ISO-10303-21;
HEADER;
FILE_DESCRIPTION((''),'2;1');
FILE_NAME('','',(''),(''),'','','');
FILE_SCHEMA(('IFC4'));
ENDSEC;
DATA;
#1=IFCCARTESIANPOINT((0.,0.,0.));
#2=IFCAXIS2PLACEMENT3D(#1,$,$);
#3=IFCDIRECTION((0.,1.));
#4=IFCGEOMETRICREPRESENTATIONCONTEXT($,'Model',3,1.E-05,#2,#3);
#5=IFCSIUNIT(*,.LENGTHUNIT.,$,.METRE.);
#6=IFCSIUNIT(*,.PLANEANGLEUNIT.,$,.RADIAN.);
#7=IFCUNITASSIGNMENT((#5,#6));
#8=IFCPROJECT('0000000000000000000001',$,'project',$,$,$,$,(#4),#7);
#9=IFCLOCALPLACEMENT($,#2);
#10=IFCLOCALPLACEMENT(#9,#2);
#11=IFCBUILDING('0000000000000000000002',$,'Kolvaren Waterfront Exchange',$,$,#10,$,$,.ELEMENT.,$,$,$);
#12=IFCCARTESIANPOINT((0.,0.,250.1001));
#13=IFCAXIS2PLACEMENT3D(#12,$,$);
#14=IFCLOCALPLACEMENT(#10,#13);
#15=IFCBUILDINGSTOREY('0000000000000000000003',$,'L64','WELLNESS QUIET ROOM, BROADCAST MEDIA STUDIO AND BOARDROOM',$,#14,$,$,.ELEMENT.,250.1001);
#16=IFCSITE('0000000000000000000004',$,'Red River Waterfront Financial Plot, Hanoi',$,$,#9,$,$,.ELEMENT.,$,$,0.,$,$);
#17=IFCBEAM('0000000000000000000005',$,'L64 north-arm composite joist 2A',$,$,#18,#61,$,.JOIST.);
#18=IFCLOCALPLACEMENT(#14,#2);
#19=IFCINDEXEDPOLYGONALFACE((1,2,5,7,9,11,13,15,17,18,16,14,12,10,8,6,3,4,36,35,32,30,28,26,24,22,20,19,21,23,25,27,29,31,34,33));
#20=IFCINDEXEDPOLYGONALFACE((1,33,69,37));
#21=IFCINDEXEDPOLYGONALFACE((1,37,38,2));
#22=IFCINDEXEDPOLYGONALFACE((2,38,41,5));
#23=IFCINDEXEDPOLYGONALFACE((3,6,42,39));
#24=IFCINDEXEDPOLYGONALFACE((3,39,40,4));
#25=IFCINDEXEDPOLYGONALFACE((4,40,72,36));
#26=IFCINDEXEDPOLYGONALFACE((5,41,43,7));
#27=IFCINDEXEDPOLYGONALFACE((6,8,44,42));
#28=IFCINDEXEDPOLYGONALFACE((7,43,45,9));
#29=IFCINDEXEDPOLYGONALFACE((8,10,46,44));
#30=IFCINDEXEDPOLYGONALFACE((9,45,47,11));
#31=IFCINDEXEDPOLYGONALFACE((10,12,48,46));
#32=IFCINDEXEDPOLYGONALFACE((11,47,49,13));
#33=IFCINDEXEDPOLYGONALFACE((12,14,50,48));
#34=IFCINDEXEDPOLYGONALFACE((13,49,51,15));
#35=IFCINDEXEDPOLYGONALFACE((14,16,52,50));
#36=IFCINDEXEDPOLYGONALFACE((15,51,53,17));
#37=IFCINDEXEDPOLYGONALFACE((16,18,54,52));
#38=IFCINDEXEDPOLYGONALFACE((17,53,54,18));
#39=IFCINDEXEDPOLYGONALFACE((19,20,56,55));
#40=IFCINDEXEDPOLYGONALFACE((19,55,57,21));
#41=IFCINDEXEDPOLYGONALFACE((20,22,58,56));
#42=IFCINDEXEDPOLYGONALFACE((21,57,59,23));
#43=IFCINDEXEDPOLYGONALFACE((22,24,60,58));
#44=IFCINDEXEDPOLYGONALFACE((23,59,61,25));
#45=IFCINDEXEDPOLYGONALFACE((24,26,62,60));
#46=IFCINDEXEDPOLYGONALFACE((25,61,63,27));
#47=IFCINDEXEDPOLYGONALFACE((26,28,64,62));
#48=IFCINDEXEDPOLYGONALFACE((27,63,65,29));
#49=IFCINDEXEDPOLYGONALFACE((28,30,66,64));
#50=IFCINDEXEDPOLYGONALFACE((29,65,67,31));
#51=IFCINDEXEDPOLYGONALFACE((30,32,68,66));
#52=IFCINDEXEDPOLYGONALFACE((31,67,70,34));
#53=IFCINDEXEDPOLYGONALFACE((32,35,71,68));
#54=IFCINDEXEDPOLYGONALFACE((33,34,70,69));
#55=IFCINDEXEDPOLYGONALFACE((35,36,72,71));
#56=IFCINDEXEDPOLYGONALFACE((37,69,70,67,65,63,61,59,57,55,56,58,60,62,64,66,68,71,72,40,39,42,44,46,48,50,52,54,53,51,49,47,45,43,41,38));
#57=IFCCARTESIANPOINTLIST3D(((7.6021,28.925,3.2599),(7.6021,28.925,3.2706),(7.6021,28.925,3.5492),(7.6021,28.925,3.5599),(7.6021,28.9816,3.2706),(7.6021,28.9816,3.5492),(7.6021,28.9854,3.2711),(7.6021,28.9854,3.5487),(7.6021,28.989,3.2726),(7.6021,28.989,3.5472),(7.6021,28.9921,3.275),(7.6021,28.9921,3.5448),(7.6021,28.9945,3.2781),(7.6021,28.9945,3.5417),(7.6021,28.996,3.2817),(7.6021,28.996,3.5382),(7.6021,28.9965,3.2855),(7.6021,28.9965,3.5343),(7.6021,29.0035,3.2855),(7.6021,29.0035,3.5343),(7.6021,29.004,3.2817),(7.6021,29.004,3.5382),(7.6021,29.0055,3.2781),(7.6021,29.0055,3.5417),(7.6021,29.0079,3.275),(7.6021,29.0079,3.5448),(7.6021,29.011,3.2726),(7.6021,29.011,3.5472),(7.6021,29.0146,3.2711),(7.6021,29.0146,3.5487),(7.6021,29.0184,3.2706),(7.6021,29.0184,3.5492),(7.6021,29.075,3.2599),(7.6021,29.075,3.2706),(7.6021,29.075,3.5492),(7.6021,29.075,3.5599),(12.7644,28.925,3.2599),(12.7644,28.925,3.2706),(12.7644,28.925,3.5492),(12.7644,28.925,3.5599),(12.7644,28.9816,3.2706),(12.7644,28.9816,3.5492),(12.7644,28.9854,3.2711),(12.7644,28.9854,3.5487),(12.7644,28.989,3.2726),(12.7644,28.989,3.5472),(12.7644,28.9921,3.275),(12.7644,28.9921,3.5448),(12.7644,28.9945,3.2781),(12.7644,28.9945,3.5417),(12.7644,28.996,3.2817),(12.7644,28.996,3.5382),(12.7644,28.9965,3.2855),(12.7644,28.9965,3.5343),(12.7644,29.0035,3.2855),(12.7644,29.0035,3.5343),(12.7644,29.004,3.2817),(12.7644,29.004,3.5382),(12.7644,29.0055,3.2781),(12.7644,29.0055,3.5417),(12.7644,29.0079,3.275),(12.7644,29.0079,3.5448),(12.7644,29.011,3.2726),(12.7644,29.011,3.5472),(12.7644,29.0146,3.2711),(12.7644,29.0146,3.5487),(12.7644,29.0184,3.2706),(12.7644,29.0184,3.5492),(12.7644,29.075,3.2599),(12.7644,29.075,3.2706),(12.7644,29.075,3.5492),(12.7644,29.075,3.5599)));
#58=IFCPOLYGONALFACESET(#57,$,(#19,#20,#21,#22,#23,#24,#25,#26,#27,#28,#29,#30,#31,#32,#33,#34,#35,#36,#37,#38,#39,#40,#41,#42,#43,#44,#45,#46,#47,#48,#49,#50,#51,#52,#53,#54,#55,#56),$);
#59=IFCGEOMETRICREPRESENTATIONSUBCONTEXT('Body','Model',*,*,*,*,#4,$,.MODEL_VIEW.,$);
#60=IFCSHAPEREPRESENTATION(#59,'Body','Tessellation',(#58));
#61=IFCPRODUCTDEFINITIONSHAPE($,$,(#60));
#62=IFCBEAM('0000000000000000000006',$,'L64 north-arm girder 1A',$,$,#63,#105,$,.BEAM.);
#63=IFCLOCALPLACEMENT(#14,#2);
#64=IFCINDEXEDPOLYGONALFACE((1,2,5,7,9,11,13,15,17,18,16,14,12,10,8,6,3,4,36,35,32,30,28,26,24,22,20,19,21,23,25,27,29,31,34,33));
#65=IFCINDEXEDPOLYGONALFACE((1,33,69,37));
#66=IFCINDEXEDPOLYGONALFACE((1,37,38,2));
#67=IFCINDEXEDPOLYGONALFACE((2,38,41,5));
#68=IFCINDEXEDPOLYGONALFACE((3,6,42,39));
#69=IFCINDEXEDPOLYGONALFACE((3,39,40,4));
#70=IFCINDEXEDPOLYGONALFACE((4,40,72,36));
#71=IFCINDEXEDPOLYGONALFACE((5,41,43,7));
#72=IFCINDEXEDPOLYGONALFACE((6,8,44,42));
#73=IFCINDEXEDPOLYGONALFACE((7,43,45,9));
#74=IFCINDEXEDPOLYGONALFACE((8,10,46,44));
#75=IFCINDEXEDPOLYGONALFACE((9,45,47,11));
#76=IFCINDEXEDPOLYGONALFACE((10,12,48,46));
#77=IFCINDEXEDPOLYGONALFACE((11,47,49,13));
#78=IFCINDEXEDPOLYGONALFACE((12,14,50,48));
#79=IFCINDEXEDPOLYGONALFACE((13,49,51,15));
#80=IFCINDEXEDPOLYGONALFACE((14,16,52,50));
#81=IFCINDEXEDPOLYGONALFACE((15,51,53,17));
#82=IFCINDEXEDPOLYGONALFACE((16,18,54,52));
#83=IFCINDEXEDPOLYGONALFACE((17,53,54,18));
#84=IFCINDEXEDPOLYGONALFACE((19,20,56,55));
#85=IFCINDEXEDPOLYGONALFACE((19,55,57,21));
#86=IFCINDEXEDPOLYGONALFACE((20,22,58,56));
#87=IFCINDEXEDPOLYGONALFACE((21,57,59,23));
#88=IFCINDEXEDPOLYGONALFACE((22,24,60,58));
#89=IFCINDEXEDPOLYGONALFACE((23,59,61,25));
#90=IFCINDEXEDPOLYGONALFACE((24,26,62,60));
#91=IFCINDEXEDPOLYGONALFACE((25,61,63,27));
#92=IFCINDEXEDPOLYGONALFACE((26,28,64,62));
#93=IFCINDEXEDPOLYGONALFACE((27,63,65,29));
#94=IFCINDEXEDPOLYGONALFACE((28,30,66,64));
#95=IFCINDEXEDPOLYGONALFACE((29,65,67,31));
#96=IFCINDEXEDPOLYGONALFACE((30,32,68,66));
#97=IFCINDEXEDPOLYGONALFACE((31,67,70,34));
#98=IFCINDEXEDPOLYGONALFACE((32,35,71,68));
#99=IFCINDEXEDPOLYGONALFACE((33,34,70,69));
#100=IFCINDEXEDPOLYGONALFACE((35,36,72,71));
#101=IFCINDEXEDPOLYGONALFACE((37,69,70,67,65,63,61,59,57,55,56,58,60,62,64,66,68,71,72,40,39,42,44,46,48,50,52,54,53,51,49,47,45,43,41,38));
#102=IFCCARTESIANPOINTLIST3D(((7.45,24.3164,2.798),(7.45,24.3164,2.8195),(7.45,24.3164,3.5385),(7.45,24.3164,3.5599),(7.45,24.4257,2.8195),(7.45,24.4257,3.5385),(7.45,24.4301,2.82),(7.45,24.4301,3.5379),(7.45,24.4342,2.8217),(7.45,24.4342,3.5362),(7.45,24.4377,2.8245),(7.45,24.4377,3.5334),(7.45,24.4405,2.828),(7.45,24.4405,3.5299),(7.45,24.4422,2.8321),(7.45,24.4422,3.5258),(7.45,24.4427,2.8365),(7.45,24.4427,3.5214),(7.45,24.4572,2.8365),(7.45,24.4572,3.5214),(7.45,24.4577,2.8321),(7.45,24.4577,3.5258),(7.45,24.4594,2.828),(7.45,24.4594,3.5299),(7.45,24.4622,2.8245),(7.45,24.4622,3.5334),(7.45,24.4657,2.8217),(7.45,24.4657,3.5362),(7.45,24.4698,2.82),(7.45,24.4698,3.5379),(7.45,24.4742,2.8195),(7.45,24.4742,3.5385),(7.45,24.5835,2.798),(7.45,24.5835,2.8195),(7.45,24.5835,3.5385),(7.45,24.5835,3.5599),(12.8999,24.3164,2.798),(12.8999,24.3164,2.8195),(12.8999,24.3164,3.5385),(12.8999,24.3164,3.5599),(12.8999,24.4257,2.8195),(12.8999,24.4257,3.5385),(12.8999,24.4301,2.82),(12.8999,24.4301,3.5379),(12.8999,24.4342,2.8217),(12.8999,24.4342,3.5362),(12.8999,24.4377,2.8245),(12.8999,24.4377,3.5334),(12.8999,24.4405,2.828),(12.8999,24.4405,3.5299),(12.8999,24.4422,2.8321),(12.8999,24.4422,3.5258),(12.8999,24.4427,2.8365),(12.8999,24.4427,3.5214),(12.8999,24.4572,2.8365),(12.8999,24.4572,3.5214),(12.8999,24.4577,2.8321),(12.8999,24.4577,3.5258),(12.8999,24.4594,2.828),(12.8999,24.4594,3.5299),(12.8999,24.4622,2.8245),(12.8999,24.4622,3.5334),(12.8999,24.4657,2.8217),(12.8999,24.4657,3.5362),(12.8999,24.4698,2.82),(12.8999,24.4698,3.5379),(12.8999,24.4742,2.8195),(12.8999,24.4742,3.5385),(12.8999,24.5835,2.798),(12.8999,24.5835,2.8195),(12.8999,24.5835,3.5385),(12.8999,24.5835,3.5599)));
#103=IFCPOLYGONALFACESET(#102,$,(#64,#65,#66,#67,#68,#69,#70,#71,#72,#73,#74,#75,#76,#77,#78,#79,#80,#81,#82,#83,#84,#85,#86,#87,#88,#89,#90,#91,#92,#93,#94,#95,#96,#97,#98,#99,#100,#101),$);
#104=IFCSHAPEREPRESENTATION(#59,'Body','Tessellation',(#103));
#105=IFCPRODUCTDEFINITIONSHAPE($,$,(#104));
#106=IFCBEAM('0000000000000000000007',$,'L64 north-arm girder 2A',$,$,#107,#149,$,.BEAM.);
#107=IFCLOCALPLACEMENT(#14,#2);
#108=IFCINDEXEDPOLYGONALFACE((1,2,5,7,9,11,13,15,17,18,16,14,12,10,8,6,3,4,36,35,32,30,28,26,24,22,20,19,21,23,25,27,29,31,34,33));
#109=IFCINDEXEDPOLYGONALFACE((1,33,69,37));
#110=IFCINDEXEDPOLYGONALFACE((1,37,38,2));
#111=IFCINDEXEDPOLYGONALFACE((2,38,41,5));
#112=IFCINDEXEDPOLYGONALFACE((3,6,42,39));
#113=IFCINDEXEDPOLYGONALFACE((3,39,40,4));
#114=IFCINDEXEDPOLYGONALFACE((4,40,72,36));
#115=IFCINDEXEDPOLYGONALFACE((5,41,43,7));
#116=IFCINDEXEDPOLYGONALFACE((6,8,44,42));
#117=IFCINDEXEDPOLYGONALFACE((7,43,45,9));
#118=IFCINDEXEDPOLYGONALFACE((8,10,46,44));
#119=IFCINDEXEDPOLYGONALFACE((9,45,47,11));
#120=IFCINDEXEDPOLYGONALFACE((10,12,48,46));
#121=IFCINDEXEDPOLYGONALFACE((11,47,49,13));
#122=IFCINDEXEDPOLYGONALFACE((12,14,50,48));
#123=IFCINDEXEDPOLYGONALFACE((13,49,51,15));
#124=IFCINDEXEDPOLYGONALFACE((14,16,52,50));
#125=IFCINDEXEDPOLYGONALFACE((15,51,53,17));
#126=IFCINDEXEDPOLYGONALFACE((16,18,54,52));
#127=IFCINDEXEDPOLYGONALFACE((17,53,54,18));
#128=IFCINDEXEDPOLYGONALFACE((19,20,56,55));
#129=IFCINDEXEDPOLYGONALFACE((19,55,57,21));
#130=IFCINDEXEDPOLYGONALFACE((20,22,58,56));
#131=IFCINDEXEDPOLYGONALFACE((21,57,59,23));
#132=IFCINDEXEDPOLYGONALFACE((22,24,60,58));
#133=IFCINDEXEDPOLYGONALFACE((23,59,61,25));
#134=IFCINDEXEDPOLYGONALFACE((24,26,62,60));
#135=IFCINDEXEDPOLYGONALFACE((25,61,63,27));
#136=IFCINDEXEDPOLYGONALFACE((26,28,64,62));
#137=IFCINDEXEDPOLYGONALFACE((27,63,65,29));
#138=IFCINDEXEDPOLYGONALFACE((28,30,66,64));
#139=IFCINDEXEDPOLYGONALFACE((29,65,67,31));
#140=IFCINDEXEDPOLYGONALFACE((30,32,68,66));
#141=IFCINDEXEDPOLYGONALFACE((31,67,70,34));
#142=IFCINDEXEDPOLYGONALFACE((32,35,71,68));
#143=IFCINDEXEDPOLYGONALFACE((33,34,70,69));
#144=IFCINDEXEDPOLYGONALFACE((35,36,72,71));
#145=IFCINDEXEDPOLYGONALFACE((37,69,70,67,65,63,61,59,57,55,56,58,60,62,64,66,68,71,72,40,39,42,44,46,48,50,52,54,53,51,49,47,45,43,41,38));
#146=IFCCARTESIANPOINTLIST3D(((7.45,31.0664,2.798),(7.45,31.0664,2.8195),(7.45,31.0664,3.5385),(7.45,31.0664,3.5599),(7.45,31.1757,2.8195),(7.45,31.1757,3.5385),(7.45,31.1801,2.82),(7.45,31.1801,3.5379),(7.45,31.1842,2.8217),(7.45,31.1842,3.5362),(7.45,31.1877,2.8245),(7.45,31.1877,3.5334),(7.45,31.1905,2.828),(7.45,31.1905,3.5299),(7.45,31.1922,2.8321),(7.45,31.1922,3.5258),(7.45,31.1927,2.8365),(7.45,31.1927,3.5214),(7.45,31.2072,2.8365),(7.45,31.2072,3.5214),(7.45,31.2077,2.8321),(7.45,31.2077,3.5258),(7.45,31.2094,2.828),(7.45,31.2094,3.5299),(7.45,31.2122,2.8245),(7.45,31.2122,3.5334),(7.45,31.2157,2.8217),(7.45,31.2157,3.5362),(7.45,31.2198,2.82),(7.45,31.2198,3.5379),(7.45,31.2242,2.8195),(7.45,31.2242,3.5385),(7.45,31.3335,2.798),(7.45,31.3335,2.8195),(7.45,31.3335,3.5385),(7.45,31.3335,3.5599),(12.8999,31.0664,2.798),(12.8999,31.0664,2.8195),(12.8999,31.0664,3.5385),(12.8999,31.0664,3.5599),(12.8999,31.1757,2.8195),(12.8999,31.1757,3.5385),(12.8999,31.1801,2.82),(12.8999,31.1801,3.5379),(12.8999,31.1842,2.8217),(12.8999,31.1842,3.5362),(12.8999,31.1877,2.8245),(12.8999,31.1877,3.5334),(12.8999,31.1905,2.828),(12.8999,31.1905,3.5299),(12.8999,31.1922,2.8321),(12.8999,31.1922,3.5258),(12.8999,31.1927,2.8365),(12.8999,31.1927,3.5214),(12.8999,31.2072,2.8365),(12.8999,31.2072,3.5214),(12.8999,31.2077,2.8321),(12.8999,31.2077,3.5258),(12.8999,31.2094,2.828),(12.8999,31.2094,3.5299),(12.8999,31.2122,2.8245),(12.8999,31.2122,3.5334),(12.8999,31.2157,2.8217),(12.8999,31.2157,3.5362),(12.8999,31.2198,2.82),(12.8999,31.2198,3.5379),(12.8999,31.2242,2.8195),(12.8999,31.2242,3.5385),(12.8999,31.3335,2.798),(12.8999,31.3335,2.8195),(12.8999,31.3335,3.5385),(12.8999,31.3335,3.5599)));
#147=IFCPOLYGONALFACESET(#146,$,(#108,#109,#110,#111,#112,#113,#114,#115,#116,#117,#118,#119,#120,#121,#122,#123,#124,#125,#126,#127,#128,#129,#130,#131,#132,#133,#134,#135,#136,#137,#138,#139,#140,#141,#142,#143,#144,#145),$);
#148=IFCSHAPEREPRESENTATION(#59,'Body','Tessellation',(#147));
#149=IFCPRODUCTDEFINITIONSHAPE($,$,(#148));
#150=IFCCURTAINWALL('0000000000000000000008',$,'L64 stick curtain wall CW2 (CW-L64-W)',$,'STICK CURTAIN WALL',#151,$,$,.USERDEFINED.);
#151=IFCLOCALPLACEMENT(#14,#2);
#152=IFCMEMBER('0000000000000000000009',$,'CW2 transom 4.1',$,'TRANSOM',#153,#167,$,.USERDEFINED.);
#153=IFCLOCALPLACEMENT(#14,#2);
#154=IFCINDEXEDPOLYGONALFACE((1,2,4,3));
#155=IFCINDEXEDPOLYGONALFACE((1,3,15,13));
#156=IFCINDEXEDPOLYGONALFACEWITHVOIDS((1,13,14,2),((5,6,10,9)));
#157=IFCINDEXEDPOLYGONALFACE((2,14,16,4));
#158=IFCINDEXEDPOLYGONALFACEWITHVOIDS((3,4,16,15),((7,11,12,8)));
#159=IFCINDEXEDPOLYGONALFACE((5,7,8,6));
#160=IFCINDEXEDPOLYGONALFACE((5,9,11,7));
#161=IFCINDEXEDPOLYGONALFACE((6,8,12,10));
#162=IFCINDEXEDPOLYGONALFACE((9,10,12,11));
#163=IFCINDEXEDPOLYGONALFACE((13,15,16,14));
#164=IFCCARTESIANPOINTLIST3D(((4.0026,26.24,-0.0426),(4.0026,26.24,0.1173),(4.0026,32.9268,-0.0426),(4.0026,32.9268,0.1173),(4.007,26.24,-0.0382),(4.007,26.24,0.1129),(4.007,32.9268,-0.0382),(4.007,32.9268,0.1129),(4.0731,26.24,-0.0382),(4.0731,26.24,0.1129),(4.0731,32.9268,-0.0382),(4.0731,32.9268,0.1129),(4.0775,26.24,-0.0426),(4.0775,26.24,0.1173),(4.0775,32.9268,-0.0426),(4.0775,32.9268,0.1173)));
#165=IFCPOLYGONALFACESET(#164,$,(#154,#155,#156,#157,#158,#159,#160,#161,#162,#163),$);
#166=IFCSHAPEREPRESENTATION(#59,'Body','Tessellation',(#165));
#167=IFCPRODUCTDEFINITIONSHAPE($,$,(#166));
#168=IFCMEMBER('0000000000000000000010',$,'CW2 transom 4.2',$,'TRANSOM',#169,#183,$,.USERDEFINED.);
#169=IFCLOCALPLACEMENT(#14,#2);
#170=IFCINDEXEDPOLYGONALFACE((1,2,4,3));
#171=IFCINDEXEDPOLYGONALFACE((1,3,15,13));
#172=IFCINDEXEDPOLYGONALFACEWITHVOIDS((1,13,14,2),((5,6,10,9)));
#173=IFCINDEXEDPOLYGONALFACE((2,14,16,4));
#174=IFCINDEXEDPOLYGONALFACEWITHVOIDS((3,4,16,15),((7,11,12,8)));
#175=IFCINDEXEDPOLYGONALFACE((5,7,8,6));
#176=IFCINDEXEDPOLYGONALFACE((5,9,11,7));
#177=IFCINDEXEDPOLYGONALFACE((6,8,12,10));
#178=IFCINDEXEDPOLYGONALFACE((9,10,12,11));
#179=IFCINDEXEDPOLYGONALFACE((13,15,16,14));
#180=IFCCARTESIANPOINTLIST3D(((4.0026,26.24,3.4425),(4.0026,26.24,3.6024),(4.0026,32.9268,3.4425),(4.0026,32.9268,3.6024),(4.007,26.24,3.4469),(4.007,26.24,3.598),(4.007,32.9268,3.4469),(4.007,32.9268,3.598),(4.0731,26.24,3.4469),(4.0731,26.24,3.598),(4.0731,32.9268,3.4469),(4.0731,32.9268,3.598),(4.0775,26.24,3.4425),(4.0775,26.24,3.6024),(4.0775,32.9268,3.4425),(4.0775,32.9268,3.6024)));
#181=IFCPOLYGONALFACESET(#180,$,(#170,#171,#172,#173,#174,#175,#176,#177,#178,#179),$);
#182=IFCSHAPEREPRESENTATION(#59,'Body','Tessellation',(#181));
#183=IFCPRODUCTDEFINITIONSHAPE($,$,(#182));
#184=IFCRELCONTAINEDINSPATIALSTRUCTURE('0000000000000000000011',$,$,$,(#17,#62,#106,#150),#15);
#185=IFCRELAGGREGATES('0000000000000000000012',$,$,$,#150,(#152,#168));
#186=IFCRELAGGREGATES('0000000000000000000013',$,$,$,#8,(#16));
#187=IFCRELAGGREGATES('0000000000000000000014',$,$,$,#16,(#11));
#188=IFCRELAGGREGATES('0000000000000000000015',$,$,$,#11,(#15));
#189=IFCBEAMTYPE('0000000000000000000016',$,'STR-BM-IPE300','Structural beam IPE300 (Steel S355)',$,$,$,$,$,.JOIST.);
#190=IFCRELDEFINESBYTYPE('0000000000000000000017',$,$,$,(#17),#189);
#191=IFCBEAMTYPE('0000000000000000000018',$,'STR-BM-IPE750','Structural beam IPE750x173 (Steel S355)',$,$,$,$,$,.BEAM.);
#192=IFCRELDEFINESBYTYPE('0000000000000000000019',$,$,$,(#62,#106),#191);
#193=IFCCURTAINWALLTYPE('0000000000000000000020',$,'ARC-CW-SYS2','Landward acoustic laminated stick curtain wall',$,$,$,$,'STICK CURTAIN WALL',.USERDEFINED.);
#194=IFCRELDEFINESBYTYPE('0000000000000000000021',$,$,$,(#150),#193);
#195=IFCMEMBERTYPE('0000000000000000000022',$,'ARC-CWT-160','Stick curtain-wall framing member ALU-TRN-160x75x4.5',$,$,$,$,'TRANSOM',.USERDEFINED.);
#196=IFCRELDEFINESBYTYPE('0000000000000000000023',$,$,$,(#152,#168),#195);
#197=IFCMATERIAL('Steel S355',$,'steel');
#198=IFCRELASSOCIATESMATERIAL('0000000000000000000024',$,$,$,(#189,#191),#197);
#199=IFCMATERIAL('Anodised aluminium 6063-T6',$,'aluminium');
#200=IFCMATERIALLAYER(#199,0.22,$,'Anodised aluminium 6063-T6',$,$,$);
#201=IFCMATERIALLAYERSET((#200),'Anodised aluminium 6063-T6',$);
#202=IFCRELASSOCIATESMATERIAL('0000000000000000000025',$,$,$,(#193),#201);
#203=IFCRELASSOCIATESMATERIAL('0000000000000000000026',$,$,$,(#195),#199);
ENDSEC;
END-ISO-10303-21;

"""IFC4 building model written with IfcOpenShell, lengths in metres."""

from ifc_helpers import new_model, si_unit, direction, frame, origin, origin_with_axes, origin_2d, place, context, subcontext, project, spatial, hollow_rectangle, i_section, extrude, source, transform, mapped, material, layer, layer_set, material_profile, profile_set, type_object, element, aggregate, save


model = new_model("IFC4")

# Units and contexts
model_context = context("Model", 3, precision=1e-05, world=origin(), true_north=direction((0.0, 1.0)))
body_context = subcontext(model_context, "Body", "Model", "MODEL_VIEW")
ifc_project = project(units=[si_unit("LENGTHUNIT", "METRE"), si_unit("PLANEANGLEUNIT", "RADIAN")], contexts=[model_context])

# Site, building, storey
site_placement = place(None, origin())
site = spatial("IfcSite", under=ifc_project, at=site_placement, Name="Red River Waterfront Financial Plot, Hanoi", CompositionType="ELEMENT", RefElevation=0.0)
building_placement = place(site_placement, origin())
building = spatial("IfcBuilding", under=site, at=building_placement, Name="Kolvaren Waterfront Exchange", CompositionType="ELEMENT")
storey_placement = place(building_placement, frame((0.0, 0.0, 250.1001)))
storey = spatial("IfcBuildingStorey", under=building, at=storey_placement, Name="L64", Description="WELLNESS QUIET ROOM, BROADCAST MEDIA STUDIO AND BOARDROOM", CompositionType="ELEMENT", Elevation=250.1001)

# Beams
ifc_material_1 = material(Name="Steel S355", Category="steel")
ifc_material_profile_1 = material_profile(ifc_material_1, i_section(OverallWidth=0.1499, OverallDepth=0.3, WebThickness=0.0071, FlangeThickness=0.0107, FilletRadius=0.0149, at=origin_2d()), Name="IPE300")
ifc_profile_set_1 = profile_set([ifc_material_profile_1], Name="Steel S355")
beam_type_1 = type_object("IfcBeamType", Name="STR-BM-IPE300", Description="Structural beam IPE300 (Steel S355)", PredefinedType="JOIST", material=ifc_profile_set_1)
for number, where, z_axis, x_axis, name in (
    (1, (7.6021, 29.0, 3.4099), (1.0, 0.0, 0.0), (0.0, 1.0, 0.0), "L64 north-arm composite joist 2A"),
):
    element("IfcBeam", number, at=place(storey_placement, frame(where, z_axis=z_axis, x_axis=x_axis)), inside=storey, type_object=beam_type_1, Name=name, PredefinedType="JOIST", context=body_context, shape_type="SweptSolid", body=[
        extrude(i_section(OverallWidth=0.1499, OverallDepth=0.3, WebThickness=0.0071, FlangeThickness=0.0107, FilletRadius=0.0149, at=origin_2d()), origin(), (0.0, 0.0, 1.0), 5.1624),
    ])
ifc_material_profile_2 = material_profile(ifc_material_1, i_section(OverallWidth=0.2671, OverallDepth=0.762, WebThickness=0.0144, FlangeThickness=0.0215, FilletRadius=0.0171, at=origin_2d()), Name="IPE750x173")
ifc_profile_set_2 = profile_set([ifc_material_profile_2], Name="Steel S355")
beam_type_2 = type_object("IfcBeamType", Name="STR-BM-IPE750", Description="Structural beam IPE750x173 (Steel S355)", PredefinedType="BEAM", material=ifc_profile_set_2)
for number, where, z_axis, x_axis, name in (
    (2, (7.45, 24.45, 3.179), (1.0, 0.0, 0.0), (0.0, 1.0, 0.0), "L64 north-arm girder 1A"),
    (3, (7.45, 31.2, 3.179), (1.0, 0.0, 0.0), (0.0, 1.0, 0.0), "L64 north-arm girder 2A"),
):
    element("IfcBeam", number, at=place(storey_placement, frame(where, z_axis=z_axis, x_axis=x_axis)), inside=storey, type_object=beam_type_2, Name=name, PredefinedType="BEAM", context=body_context, shape_type="SweptSolid", body=[
        extrude(i_section(OverallWidth=0.2671, OverallDepth=0.762, WebThickness=0.0144, FlangeThickness=0.0215, FilletRadius=0.0171, at=origin_2d()), origin(), (0.0, 0.0, 1.0), 5.45),
    ])

# Curtain wall, members
ifc_material_2 = material(Name="Anodised aluminium 6063-T6", Category="aluminium")
ifc_layer_1 = layer(ifc_material_2, 0.22, Name="Anodised aluminium 6063-T6")
ifc_layer_set_1 = layer_set([ifc_layer_1], Name="Anodised aluminium 6063-T6")
curtain_wall_type = type_object("IfcCurtainWallType", Name="ARC-CW-SYS2", Description="Landward acoustic laminated stick curtain wall", ElementType="STICK CURTAIN WALL", PredefinedType="USERDEFINED", material=ifc_layer_set_1)
curtain_wall_placement = place(storey_placement, origin())
curtain_wall = element("IfcCurtainWall", 4, at=curtain_wall_placement, inside=storey, type_object=curtain_wall_type, Name="L64 stick curtain wall CW2 (CW-L64-W)", ObjectType="STICK CURTAIN WALL", PredefinedType="USERDEFINED")
ifc_material_profile_3 = material_profile(ifc_material_2, hollow_rectangle(XDim=0.075, YDim=0.1599, WallThickness=0.0044, at=origin_2d()), Name="ALU-TRN-160x75x4.5")
ifc_profile_set_3 = profile_set([ifc_material_profile_3], Name="Anodised aluminium 6063-T6")
member_type_1 = type_object("IfcMemberType", Name="ARC-CWT-160", Description="Stick curtain-wall framing member ALU-TRN-160x75x4.5", ElementType="TRANSOM", PredefinedType="USERDEFINED", material=ifc_profile_set_3)
shared_shape_1 = source(origin_with_axes(), body_context, "Body", "SweptSolid", [
    extrude(hollow_rectangle(XDim=0.075, YDim=0.1599, WallThickness=0.0044, at=origin_2d()), origin(), (0.0, 0.0, 1.0), 6.6868),
])
member_1_placement = place(storey_placement, frame((4.04, 26.24, 0.0374), z_axis=(0.0, 1.0, 0.0), x_axis=(-1.0, 0.0, 0.0)))
member_1 = element("IfcMember", 5, at=member_1_placement, type_object=member_type_1, Name="CW2 transom 4.1", ObjectType="TRANSOM", PredefinedType="USERDEFINED", context=body_context, shape_type="MappedRepresentation", body=[
    mapped(shared_shape_1, transform((0.0, 0.0, 0.0), x_axis=(1.0, 0.0, 0.0), y_axis=(0.0, 1.0, 0.0), z_axis=(0.0, 0.0, 1.0), scale=1.0)),
])
member_2_placement = place(storey_placement, frame((4.04, 26.24, 3.5225), z_axis=(0.0, 1.0, 0.0), x_axis=(-1.0, 0.0, 0.0)))
member_2 = element("IfcMember", 6, at=member_2_placement, type_object=member_type_1, Name="CW2 transom 4.2", ObjectType="TRANSOM", PredefinedType="USERDEFINED", context=body_context, shape_type="MappedRepresentation", body=[
    mapped(shared_shape_1, transform((0.0, 0.0, 0.0), x_axis=(1.0, 0.0, 0.0), y_axis=(0.0, 1.0, 0.0), z_axis=(0.0, 0.0, 1.0), scale=1.0)),
])
aggregate(curtain_wall, [member_1, member_2])

save(model, "model.ifc")
